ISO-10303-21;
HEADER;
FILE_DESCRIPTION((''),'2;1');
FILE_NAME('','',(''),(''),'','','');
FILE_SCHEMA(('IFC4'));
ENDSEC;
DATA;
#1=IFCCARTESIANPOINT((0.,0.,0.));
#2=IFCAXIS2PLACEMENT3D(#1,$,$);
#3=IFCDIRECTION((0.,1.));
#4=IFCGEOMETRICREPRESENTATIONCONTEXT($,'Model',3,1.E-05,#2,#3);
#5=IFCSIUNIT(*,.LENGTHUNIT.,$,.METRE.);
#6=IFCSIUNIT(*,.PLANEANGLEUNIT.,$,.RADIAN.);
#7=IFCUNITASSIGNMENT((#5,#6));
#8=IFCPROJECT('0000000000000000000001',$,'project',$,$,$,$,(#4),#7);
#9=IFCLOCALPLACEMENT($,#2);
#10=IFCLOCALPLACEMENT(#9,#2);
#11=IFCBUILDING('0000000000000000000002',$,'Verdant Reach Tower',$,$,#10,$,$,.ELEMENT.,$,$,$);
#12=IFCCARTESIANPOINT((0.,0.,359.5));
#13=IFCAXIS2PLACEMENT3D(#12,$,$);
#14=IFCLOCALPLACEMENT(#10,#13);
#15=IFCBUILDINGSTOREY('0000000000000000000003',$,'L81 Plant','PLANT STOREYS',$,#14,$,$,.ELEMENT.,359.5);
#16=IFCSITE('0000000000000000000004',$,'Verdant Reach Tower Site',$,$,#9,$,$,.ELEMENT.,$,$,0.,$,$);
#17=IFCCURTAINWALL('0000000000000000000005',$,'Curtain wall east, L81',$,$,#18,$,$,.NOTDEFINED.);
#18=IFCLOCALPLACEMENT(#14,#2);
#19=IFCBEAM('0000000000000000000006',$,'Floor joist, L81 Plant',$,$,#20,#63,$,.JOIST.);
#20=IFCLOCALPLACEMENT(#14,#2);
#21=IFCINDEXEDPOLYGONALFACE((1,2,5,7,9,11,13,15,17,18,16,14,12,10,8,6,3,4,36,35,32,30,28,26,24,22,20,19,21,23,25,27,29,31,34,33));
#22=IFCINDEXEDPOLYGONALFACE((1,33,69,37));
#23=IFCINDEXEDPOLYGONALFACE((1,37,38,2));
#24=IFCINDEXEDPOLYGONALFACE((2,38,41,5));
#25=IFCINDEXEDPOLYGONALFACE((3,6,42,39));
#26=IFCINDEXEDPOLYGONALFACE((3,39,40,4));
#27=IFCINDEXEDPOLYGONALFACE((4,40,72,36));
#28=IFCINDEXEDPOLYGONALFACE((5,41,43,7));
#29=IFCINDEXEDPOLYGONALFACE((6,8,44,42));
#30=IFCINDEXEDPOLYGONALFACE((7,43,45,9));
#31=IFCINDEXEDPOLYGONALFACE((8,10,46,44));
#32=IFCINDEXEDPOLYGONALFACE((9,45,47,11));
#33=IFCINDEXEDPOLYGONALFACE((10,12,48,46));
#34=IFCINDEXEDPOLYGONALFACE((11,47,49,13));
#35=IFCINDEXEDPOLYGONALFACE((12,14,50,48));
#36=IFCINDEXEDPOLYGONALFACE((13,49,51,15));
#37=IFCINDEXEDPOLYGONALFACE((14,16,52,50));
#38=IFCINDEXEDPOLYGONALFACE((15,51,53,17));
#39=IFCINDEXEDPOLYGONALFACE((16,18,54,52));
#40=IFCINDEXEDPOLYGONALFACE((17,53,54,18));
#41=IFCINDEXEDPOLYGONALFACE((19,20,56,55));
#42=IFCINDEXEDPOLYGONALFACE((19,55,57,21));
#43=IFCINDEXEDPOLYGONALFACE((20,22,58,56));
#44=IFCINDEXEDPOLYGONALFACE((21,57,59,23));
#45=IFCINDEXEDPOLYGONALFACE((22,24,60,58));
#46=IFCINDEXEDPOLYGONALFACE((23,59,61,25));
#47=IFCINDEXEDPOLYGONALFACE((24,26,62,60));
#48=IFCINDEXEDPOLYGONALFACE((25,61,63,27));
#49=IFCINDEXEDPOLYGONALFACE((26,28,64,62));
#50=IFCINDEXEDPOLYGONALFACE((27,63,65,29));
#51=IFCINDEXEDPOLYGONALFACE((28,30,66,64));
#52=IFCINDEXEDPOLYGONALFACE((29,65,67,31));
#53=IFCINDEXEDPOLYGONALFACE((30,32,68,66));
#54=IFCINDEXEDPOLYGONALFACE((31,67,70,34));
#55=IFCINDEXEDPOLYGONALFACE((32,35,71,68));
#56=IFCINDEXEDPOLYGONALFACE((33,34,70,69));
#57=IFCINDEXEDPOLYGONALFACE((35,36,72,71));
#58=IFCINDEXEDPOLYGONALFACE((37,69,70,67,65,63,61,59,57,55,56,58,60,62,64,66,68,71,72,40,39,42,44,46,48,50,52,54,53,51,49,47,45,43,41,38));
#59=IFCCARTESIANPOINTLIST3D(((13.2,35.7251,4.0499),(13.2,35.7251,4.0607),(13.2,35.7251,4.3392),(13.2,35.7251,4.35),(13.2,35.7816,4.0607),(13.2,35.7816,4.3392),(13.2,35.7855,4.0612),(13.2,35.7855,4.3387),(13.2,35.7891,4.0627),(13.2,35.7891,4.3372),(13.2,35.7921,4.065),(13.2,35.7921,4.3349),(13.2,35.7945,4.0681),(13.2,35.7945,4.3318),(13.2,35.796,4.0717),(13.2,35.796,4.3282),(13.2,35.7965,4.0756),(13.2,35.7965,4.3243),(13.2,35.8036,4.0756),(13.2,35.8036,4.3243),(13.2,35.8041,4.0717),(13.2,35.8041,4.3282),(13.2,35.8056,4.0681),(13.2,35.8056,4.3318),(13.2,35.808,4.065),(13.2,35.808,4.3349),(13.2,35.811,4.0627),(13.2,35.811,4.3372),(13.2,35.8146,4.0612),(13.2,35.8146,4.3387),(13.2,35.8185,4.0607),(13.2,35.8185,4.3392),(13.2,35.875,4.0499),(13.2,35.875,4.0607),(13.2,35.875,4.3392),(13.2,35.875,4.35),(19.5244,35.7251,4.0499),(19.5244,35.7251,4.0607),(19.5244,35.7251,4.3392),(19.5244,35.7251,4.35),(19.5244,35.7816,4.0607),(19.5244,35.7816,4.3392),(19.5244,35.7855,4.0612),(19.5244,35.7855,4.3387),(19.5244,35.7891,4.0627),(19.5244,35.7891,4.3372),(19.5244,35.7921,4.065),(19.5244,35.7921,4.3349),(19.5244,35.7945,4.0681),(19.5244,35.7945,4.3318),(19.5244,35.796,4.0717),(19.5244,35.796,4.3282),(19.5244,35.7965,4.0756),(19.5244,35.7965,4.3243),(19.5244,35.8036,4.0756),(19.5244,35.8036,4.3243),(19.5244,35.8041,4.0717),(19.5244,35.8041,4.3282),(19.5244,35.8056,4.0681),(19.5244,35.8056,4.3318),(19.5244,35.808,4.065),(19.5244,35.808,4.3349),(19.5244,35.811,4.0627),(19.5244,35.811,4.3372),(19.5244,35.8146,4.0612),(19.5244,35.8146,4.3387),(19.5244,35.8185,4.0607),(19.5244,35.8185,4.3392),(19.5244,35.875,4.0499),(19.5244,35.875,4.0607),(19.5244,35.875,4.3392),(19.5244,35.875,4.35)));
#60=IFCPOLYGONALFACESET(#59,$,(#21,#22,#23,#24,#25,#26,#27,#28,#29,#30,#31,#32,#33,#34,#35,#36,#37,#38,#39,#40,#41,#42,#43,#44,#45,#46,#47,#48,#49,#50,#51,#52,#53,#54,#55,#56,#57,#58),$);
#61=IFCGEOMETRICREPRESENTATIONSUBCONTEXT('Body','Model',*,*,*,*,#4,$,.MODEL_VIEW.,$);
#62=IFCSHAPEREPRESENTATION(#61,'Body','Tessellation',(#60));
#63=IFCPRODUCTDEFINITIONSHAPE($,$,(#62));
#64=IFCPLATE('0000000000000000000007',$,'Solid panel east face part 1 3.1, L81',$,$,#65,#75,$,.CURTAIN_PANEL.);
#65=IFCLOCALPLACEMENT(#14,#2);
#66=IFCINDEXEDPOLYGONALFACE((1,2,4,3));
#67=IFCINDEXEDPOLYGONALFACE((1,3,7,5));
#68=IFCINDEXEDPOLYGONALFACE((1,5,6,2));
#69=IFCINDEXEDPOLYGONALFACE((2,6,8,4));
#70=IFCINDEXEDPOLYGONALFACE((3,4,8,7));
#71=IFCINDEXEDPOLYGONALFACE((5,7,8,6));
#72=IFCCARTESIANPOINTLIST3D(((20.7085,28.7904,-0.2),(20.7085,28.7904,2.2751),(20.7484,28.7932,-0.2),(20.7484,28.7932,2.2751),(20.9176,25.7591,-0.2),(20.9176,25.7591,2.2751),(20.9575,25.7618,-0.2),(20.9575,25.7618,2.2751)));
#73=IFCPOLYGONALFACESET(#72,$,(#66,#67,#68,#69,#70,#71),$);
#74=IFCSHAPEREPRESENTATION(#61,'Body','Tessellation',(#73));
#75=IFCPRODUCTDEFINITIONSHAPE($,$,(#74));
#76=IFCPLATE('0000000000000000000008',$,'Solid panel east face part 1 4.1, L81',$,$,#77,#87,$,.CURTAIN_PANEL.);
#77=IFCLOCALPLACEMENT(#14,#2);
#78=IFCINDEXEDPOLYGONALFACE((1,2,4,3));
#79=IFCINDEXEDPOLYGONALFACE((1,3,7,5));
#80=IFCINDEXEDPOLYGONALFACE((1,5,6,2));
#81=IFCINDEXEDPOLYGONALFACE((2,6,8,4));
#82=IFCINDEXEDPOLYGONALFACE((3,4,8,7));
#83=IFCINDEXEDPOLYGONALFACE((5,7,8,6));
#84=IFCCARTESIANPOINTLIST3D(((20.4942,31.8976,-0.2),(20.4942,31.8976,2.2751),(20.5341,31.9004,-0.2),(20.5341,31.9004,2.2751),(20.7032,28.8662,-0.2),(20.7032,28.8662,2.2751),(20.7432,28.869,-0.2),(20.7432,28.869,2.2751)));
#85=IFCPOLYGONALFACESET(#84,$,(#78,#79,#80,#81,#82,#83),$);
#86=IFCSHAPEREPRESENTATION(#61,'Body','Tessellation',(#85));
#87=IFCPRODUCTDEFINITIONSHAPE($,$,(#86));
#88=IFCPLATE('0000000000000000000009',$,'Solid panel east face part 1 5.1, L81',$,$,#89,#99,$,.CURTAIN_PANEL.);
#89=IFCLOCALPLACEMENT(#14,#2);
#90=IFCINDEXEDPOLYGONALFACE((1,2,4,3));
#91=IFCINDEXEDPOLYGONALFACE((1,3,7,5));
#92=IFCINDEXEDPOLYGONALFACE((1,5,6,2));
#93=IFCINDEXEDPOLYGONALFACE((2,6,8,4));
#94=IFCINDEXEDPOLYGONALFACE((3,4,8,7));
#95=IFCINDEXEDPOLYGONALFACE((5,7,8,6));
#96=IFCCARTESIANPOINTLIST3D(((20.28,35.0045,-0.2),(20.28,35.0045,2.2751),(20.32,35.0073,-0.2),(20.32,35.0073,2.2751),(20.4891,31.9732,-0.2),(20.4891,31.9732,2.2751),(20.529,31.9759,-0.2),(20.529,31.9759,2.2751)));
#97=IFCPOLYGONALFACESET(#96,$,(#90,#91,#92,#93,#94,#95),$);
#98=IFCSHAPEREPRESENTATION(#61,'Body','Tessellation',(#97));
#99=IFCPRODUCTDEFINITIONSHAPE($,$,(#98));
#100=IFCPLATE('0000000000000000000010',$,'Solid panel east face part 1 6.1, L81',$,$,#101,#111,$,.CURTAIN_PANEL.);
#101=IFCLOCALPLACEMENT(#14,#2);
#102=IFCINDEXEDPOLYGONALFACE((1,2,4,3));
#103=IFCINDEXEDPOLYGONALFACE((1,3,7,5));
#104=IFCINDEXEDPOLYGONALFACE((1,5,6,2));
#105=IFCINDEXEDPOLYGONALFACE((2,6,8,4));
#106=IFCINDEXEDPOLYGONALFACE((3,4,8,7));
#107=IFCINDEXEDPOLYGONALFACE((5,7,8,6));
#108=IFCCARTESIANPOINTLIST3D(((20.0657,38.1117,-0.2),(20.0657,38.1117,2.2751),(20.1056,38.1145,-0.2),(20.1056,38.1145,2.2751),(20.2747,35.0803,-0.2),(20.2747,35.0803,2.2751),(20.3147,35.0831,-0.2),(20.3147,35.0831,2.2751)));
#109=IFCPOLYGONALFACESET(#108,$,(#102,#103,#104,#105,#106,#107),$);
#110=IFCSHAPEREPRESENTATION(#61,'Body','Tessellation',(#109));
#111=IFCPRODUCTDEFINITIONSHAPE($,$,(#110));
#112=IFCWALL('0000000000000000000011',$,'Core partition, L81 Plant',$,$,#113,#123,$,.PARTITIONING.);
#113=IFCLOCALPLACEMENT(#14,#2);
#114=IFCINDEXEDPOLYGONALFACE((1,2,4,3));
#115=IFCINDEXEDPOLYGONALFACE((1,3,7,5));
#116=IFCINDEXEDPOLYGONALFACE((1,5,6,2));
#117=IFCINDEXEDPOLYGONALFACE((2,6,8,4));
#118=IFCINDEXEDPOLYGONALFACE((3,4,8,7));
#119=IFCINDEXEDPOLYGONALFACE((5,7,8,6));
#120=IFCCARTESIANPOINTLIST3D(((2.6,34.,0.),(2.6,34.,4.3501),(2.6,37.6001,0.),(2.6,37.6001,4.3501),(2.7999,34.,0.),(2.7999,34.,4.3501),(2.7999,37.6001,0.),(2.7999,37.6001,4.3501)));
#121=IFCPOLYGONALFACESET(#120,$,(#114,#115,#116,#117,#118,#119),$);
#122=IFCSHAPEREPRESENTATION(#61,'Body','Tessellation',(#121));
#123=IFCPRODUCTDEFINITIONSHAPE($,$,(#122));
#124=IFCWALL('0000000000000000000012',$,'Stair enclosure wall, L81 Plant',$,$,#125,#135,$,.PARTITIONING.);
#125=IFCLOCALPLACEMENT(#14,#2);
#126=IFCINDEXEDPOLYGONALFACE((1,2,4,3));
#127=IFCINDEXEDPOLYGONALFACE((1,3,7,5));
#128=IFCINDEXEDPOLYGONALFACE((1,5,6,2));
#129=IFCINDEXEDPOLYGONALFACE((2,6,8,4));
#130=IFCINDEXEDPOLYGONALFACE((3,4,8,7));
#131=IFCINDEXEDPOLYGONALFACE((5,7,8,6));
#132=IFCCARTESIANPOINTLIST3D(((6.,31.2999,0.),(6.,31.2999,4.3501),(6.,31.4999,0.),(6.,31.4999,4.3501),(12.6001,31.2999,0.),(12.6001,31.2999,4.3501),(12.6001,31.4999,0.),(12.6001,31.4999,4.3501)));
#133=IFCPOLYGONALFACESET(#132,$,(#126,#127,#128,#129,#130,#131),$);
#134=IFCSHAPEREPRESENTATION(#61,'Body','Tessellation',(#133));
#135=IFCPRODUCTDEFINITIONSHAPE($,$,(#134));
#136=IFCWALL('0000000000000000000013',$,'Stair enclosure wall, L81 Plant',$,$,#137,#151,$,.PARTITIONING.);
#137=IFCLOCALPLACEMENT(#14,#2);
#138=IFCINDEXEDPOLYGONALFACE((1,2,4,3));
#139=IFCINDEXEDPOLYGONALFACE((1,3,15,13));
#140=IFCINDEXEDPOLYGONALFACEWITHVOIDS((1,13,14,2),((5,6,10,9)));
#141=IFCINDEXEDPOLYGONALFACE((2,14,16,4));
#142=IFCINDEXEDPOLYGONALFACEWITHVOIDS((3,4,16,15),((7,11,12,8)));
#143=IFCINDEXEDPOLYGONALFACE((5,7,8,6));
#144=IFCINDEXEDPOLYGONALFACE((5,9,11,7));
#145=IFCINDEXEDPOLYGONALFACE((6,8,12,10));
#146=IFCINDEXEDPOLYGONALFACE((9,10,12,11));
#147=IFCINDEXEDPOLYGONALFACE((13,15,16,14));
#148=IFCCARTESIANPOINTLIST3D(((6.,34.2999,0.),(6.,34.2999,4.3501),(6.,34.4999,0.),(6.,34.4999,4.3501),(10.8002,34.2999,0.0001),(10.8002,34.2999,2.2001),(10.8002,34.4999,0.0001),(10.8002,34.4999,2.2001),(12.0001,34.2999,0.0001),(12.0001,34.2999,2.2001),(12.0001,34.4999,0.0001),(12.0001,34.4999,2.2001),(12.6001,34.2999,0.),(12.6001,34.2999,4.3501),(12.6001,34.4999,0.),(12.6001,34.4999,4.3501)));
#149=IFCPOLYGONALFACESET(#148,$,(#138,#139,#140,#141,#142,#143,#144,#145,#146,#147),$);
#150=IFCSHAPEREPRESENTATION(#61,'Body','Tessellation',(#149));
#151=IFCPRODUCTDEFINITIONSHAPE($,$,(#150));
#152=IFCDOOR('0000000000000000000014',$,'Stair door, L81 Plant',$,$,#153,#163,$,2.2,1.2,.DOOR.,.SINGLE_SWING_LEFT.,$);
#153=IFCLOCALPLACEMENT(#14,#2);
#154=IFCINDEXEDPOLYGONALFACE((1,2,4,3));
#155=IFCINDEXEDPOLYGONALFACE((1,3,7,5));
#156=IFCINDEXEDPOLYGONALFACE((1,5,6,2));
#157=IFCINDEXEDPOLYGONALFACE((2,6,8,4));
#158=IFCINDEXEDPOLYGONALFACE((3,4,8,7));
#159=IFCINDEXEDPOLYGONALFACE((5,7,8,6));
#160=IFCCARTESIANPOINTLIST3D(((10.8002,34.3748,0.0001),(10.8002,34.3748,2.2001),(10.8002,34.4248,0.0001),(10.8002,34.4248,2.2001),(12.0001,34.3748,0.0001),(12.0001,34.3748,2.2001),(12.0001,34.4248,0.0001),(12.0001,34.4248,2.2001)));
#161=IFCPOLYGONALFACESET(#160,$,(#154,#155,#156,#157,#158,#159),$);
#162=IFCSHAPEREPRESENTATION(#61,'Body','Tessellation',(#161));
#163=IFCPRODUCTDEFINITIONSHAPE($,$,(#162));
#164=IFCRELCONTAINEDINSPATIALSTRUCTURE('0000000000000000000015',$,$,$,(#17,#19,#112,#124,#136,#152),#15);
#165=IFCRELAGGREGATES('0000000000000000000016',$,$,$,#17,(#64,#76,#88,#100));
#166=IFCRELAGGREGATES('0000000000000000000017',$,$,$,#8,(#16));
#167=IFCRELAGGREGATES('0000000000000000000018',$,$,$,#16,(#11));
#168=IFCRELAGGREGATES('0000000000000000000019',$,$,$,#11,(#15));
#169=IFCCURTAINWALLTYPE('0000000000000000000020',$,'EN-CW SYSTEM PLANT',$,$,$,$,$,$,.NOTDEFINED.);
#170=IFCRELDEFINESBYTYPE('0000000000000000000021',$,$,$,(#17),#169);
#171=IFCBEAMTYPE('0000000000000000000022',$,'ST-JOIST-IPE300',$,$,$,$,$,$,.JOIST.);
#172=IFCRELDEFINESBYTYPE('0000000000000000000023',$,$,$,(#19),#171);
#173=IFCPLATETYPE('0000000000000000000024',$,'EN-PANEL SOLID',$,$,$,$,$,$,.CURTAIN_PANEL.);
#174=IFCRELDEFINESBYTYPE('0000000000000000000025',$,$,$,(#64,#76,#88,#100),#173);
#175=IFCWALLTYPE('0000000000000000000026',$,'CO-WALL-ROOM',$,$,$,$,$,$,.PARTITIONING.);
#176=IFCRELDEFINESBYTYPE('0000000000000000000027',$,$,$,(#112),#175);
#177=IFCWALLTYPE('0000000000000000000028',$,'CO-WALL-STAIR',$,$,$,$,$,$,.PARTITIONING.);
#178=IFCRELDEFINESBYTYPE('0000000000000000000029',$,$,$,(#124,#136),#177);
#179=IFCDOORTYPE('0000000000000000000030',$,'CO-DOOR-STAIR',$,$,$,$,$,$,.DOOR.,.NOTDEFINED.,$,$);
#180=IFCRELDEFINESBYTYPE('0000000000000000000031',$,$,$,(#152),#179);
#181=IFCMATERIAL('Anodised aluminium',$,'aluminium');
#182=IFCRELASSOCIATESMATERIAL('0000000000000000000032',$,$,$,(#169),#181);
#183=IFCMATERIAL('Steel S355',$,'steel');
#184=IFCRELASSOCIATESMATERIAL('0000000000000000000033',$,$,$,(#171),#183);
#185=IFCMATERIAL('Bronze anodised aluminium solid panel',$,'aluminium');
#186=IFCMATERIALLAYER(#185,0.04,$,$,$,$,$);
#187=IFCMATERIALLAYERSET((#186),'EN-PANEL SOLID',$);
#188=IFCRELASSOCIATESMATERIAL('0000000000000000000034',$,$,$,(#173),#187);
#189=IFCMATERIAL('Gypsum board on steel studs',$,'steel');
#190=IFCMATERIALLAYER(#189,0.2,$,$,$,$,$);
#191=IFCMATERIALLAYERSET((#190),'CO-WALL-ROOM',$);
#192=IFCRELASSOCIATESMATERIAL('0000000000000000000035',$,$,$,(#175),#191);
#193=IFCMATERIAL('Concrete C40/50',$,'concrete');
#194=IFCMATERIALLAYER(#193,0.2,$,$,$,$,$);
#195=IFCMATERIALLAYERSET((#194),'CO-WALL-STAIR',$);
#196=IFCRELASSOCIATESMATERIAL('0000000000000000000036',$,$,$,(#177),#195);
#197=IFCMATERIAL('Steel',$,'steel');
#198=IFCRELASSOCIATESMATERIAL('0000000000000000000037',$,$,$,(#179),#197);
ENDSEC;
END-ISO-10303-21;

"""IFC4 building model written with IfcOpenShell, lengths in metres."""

from ifc_helpers import new_model, si_unit, direction, frame, frame_2d, origin, origin_2d, place, context, subcontext, project, spatial, rectangle, i_section, extrude, material, layer, layer_set, material_profile, profile_set, type_object, element, fill, aggregate, save


model = new_model("IFC4")

# Units and contexts
model_context = context("Model", 3, precision=1e-05, world=origin(), true_north=direction((0.0, 1.0)))
body_context = subcontext(model_context, "Body", "Model", "MODEL_VIEW")
ifc_project = project(units=[si_unit("LENGTHUNIT", "METRE"), si_unit("PLANEANGLEUNIT", "RADIAN")], contexts=[model_context])

# Site, building, storey
site_placement = place(None, origin())
site = spatial("IfcSite", under=ifc_project, at=site_placement, Name="Verdant Reach Tower Site", CompositionType="ELEMENT", RefElevation=0.0)
building_placement = place(site_placement, origin())
building = spatial("IfcBuilding", under=site, at=building_placement, Name="Verdant Reach Tower", CompositionType="ELEMENT")
storey_placement = place(building_placement, frame((0.0, 0.0, 359.5)))
storey = spatial("IfcBuildingStorey", under=building, at=storey_placement, Name="L81 Plant", Description="PLANT STOREYS", CompositionType="ELEMENT", Elevation=359.5)

# Curtain wall
ifc_material_1 = material(Name="Anodised aluminium", Category="aluminium")
curtain_wall_type = type_object("IfcCurtainWallType", Name="EN-CW SYSTEM PLANT", PredefinedType="NOTDEFINED", material=ifc_material_1)
curtain_wall_placement = place(storey_placement, origin())
curtain_wall = element("IfcCurtainWall", 1, at=curtain_wall_placement, inside=storey, type_object=curtain_wall_type, Name="Curtain wall east, L81", PredefinedType="NOTDEFINED")

# Beam
ifc_material_2 = material(Name="Steel S355", Category="steel")
ifc_material_profile_1 = material_profile(ifc_material_2, i_section(OverallWidth=0.1499, OverallDepth=0.3, WebThickness=0.0071, FlangeThickness=0.0107, FilletRadius=0.0149, at=origin_2d()), Name="IPE 300")
ifc_profile_set_1 = profile_set([ifc_material_profile_1], Name="Steel S355")
beam_type = type_object("IfcBeamType", Name="ST-JOIST-IPE300", PredefinedType="JOIST", material=ifc_profile_set_1)
beam_1_placement = place(storey_placement, frame((13.2, 35.8, 4.2), z_axis=(1.0, 0.0, 0.0), x_axis=(0.0, 1.0, 0.0)))
element("IfcBeam", 2, at=beam_1_placement, inside=storey, type_object=beam_type, Name="Floor joist, L81 Plant", PredefinedType="JOIST", context=body_context, shape_type="SweptSolid", body=[
    extrude(i_section(OverallWidth=0.1499, OverallDepth=0.3, WebThickness=0.0071, FlangeThickness=0.0107, FilletRadius=0.0149, at=origin_2d()), origin(), (0.0, 0.0, 1.0), 6.3245),
])

# Plates
ifc_material_3 = material(Name="Bronze anodised aluminium solid panel", Category="aluminium")
ifc_layer_1 = layer(ifc_material_3, 0.04)
ifc_layer_set_1 = layer_set([ifc_layer_1], Name="EN-PANEL SOLID")
plate_type = type_object("IfcPlateType", Name="EN-PANEL SOLID", PredefinedType="CURTAIN_PANEL", material=ifc_layer_set_1)
plate_1_placement = place(storey_placement, frame((20.833, 27.2761, -0.2), z_axis=(0.0, 0.0, 1.0), x_axis=(-0.068802, 0.99763, 0.0)))
plate_1 = element("IfcPlate", 3, at=plate_1_placement, type_object=plate_type, Name="Solid panel east face part 1 3.1, L81", PredefinedType="CURTAIN_PANEL", context=body_context, shape_type="SweptSolid", body=[
    extrude(rectangle(XDim=3.0386, YDim=0.04, at=origin_2d()), origin(), (0.0, 0.0, 1.0), 2.4751),
])
plate_2_placement = place(storey_placement, frame((20.6187, 30.3833, -0.2), z_axis=(0.0, 0.0, 1.0), x_axis=(-0.068802, 0.99763, 0.0)))
plate_2 = element("IfcPlate", 4, at=plate_2_placement, type_object=plate_type, Name="Solid panel east face part 1 4.1, L81", PredefinedType="CURTAIN_PANEL", context=body_context, shape_type="SweptSolid", body=[
    extrude(rectangle(XDim=3.0386, YDim=0.04, at=origin_2d()), origin(), (0.0, 0.0, 1.0), 2.4751),
])
plate_3_placement = place(storey_placement, frame((20.4045, 33.4902, -0.2), z_axis=(0.0, 0.0, 1.0), x_axis=(-0.068802, 0.99763, 0.0)))
plate_3 = element("IfcPlate", 5, at=plate_3_placement, type_object=plate_type, Name="Solid panel east face part 1 5.1, L81", PredefinedType="CURTAIN_PANEL", context=body_context, shape_type="SweptSolid", body=[
    extrude(rectangle(XDim=3.0386, YDim=0.04, at=origin_2d()), origin(), (0.0, 0.0, 1.0), 2.4751),
])
plate_4_placement = place(storey_placement, frame((20.1902, 36.5974, -0.2), z_axis=(0.0, 0.0, 1.0), x_axis=(-0.068802, 0.99763, 0.0)))
plate_4 = element("IfcPlate", 6, at=plate_4_placement, type_object=plate_type, Name="Solid panel east face part 1 6.1, L81", PredefinedType="CURTAIN_PANEL", context=body_context, shape_type="SweptSolid", body=[
    extrude(rectangle(XDim=3.0386, YDim=0.04, at=origin_2d()), origin(), (0.0, 0.0, 1.0), 2.4751),
])

# Walls
ifc_material_4 = material(Name="Gypsum board on steel studs", Category="steel")
ifc_layer_2 = layer(ifc_material_4, 0.2)
ifc_layer_set_2 = layer_set([ifc_layer_2], Name="CO-WALL-ROOM")
wall_type_1 = type_object("IfcWallType", Name="CO-WALL-ROOM", PredefinedType="PARTITIONING", material=ifc_layer_set_2)
wall_1_placement = place(storey_placement, frame((2.7, 34.0, 0.0), z_axis=(0.0, 0.0, 1.0), x_axis=(0.0, 1.0, 0.0)))
element("IfcWall", 7, at=wall_1_placement, inside=storey, type_object=wall_type_1, Name="Core partition, L81 Plant", PredefinedType="PARTITIONING", context=body_context, shape_type="SweptSolid", body=[
    extrude(rectangle(XDim=3.6001, YDim=0.2, at=frame_2d((1.8, 0.0))), origin(), (0.0, 0.0, 1.0), 4.3501),
])
ifc_material_5 = material(Name="Concrete C40/50", Category="concrete")
ifc_layer_3 = layer(ifc_material_5, 0.2)
ifc_layer_set_3 = layer_set([ifc_layer_3], Name="CO-WALL-STAIR")
wall_type_2 = type_object("IfcWallType", Name="CO-WALL-STAIR", PredefinedType="PARTITIONING", material=ifc_layer_set_3)
wall_2_placement = place(storey_placement, frame((6.0, 31.3999, 0.0), z_axis=(0.0, 0.0, 1.0), x_axis=(1.0, 0.0, 0.0)))
element("IfcWall", 8, at=wall_2_placement, inside=storey, type_object=wall_type_2, Name="Stair enclosure wall, L81 Plant", PredefinedType="PARTITIONING", context=body_context, shape_type="SweptSolid", body=[
    extrude(rectangle(XDim=6.6001, YDim=0.2, at=frame_2d((3.3, 0.0))), origin(), (0.0, 0.0, 1.0), 4.3501),
])

# Wall, opening, door
wall_3_placement = place(storey_placement, frame((6.0, 34.3999, 0.0), z_axis=(0.0, 0.0, 1.0), x_axis=(1.0, 0.0, 0.0)))
wall_3 = element("IfcWall", 9, at=wall_3_placement, inside=storey, type_object=wall_type_2, Name="Stair enclosure wall, L81 Plant", PredefinedType="PARTITIONING", context=body_context, shape_type="SweptSolid", body=[
    extrude(rectangle(XDim=6.6001, YDim=0.2, at=frame_2d((3.3, 0.0))), origin(), (0.0, 0.0, 1.0), 4.3501),
])
opening_1_placement = place(wall_3_placement, frame((4.8, 0.0, 0.0)))
opening_1 = element("IfcOpeningElement", 10, at=opening_1_placement, cuts=wall_3, PredefinedType="OPENING", context=body_context, shape_type="SweptSolid", body=[
    extrude(rectangle(XDim=1.2, YDim=2.2, at=frame_2d((0.6001, 1.1001))), frame((0.0, 0.1099, 0.0), z_axis=(0.0, -1.0, 0.0), x_axis=(1.0, 0.0, 0.0)), (0.0, 0.0, 1.0), 0.22),
])
ifc_material_6 = material(Name="Steel", Category="steel")
door_type_1 = type_object("IfcDoorType", Name="CO-DOOR-STAIR", OperationType="NOTDEFINED", PredefinedType="DOOR", material=ifc_material_6)
door_1_placement = place(opening_1_placement, origin())
door_1 = element("IfcDoor", 11, at=door_1_placement, inside=storey, type_object=door_type_1, Name="Stair door, L81 Plant", OperationType="SINGLE_SWING_LEFT", OverallHeight=2.2, OverallWidth=1.2, PredefinedType="DOOR", context=body_context, shape_type="SweptSolid", body=[
    extrude(rectangle(XDim=1.2, YDim=2.2, at=frame_2d((0.6001, 1.1001))), frame((0.0, 0.0249, 0.0), z_axis=(0.0, -1.0, 0.0), x_axis=(1.0, 0.0, 0.0)), (0.0, 0.0, 1.0), 0.05),
])
fill(opening_1, door_1)

aggregate(curtain_wall, [plate_1, plate_2, plate_3, plate_4])

save(model, "model.ifc")
